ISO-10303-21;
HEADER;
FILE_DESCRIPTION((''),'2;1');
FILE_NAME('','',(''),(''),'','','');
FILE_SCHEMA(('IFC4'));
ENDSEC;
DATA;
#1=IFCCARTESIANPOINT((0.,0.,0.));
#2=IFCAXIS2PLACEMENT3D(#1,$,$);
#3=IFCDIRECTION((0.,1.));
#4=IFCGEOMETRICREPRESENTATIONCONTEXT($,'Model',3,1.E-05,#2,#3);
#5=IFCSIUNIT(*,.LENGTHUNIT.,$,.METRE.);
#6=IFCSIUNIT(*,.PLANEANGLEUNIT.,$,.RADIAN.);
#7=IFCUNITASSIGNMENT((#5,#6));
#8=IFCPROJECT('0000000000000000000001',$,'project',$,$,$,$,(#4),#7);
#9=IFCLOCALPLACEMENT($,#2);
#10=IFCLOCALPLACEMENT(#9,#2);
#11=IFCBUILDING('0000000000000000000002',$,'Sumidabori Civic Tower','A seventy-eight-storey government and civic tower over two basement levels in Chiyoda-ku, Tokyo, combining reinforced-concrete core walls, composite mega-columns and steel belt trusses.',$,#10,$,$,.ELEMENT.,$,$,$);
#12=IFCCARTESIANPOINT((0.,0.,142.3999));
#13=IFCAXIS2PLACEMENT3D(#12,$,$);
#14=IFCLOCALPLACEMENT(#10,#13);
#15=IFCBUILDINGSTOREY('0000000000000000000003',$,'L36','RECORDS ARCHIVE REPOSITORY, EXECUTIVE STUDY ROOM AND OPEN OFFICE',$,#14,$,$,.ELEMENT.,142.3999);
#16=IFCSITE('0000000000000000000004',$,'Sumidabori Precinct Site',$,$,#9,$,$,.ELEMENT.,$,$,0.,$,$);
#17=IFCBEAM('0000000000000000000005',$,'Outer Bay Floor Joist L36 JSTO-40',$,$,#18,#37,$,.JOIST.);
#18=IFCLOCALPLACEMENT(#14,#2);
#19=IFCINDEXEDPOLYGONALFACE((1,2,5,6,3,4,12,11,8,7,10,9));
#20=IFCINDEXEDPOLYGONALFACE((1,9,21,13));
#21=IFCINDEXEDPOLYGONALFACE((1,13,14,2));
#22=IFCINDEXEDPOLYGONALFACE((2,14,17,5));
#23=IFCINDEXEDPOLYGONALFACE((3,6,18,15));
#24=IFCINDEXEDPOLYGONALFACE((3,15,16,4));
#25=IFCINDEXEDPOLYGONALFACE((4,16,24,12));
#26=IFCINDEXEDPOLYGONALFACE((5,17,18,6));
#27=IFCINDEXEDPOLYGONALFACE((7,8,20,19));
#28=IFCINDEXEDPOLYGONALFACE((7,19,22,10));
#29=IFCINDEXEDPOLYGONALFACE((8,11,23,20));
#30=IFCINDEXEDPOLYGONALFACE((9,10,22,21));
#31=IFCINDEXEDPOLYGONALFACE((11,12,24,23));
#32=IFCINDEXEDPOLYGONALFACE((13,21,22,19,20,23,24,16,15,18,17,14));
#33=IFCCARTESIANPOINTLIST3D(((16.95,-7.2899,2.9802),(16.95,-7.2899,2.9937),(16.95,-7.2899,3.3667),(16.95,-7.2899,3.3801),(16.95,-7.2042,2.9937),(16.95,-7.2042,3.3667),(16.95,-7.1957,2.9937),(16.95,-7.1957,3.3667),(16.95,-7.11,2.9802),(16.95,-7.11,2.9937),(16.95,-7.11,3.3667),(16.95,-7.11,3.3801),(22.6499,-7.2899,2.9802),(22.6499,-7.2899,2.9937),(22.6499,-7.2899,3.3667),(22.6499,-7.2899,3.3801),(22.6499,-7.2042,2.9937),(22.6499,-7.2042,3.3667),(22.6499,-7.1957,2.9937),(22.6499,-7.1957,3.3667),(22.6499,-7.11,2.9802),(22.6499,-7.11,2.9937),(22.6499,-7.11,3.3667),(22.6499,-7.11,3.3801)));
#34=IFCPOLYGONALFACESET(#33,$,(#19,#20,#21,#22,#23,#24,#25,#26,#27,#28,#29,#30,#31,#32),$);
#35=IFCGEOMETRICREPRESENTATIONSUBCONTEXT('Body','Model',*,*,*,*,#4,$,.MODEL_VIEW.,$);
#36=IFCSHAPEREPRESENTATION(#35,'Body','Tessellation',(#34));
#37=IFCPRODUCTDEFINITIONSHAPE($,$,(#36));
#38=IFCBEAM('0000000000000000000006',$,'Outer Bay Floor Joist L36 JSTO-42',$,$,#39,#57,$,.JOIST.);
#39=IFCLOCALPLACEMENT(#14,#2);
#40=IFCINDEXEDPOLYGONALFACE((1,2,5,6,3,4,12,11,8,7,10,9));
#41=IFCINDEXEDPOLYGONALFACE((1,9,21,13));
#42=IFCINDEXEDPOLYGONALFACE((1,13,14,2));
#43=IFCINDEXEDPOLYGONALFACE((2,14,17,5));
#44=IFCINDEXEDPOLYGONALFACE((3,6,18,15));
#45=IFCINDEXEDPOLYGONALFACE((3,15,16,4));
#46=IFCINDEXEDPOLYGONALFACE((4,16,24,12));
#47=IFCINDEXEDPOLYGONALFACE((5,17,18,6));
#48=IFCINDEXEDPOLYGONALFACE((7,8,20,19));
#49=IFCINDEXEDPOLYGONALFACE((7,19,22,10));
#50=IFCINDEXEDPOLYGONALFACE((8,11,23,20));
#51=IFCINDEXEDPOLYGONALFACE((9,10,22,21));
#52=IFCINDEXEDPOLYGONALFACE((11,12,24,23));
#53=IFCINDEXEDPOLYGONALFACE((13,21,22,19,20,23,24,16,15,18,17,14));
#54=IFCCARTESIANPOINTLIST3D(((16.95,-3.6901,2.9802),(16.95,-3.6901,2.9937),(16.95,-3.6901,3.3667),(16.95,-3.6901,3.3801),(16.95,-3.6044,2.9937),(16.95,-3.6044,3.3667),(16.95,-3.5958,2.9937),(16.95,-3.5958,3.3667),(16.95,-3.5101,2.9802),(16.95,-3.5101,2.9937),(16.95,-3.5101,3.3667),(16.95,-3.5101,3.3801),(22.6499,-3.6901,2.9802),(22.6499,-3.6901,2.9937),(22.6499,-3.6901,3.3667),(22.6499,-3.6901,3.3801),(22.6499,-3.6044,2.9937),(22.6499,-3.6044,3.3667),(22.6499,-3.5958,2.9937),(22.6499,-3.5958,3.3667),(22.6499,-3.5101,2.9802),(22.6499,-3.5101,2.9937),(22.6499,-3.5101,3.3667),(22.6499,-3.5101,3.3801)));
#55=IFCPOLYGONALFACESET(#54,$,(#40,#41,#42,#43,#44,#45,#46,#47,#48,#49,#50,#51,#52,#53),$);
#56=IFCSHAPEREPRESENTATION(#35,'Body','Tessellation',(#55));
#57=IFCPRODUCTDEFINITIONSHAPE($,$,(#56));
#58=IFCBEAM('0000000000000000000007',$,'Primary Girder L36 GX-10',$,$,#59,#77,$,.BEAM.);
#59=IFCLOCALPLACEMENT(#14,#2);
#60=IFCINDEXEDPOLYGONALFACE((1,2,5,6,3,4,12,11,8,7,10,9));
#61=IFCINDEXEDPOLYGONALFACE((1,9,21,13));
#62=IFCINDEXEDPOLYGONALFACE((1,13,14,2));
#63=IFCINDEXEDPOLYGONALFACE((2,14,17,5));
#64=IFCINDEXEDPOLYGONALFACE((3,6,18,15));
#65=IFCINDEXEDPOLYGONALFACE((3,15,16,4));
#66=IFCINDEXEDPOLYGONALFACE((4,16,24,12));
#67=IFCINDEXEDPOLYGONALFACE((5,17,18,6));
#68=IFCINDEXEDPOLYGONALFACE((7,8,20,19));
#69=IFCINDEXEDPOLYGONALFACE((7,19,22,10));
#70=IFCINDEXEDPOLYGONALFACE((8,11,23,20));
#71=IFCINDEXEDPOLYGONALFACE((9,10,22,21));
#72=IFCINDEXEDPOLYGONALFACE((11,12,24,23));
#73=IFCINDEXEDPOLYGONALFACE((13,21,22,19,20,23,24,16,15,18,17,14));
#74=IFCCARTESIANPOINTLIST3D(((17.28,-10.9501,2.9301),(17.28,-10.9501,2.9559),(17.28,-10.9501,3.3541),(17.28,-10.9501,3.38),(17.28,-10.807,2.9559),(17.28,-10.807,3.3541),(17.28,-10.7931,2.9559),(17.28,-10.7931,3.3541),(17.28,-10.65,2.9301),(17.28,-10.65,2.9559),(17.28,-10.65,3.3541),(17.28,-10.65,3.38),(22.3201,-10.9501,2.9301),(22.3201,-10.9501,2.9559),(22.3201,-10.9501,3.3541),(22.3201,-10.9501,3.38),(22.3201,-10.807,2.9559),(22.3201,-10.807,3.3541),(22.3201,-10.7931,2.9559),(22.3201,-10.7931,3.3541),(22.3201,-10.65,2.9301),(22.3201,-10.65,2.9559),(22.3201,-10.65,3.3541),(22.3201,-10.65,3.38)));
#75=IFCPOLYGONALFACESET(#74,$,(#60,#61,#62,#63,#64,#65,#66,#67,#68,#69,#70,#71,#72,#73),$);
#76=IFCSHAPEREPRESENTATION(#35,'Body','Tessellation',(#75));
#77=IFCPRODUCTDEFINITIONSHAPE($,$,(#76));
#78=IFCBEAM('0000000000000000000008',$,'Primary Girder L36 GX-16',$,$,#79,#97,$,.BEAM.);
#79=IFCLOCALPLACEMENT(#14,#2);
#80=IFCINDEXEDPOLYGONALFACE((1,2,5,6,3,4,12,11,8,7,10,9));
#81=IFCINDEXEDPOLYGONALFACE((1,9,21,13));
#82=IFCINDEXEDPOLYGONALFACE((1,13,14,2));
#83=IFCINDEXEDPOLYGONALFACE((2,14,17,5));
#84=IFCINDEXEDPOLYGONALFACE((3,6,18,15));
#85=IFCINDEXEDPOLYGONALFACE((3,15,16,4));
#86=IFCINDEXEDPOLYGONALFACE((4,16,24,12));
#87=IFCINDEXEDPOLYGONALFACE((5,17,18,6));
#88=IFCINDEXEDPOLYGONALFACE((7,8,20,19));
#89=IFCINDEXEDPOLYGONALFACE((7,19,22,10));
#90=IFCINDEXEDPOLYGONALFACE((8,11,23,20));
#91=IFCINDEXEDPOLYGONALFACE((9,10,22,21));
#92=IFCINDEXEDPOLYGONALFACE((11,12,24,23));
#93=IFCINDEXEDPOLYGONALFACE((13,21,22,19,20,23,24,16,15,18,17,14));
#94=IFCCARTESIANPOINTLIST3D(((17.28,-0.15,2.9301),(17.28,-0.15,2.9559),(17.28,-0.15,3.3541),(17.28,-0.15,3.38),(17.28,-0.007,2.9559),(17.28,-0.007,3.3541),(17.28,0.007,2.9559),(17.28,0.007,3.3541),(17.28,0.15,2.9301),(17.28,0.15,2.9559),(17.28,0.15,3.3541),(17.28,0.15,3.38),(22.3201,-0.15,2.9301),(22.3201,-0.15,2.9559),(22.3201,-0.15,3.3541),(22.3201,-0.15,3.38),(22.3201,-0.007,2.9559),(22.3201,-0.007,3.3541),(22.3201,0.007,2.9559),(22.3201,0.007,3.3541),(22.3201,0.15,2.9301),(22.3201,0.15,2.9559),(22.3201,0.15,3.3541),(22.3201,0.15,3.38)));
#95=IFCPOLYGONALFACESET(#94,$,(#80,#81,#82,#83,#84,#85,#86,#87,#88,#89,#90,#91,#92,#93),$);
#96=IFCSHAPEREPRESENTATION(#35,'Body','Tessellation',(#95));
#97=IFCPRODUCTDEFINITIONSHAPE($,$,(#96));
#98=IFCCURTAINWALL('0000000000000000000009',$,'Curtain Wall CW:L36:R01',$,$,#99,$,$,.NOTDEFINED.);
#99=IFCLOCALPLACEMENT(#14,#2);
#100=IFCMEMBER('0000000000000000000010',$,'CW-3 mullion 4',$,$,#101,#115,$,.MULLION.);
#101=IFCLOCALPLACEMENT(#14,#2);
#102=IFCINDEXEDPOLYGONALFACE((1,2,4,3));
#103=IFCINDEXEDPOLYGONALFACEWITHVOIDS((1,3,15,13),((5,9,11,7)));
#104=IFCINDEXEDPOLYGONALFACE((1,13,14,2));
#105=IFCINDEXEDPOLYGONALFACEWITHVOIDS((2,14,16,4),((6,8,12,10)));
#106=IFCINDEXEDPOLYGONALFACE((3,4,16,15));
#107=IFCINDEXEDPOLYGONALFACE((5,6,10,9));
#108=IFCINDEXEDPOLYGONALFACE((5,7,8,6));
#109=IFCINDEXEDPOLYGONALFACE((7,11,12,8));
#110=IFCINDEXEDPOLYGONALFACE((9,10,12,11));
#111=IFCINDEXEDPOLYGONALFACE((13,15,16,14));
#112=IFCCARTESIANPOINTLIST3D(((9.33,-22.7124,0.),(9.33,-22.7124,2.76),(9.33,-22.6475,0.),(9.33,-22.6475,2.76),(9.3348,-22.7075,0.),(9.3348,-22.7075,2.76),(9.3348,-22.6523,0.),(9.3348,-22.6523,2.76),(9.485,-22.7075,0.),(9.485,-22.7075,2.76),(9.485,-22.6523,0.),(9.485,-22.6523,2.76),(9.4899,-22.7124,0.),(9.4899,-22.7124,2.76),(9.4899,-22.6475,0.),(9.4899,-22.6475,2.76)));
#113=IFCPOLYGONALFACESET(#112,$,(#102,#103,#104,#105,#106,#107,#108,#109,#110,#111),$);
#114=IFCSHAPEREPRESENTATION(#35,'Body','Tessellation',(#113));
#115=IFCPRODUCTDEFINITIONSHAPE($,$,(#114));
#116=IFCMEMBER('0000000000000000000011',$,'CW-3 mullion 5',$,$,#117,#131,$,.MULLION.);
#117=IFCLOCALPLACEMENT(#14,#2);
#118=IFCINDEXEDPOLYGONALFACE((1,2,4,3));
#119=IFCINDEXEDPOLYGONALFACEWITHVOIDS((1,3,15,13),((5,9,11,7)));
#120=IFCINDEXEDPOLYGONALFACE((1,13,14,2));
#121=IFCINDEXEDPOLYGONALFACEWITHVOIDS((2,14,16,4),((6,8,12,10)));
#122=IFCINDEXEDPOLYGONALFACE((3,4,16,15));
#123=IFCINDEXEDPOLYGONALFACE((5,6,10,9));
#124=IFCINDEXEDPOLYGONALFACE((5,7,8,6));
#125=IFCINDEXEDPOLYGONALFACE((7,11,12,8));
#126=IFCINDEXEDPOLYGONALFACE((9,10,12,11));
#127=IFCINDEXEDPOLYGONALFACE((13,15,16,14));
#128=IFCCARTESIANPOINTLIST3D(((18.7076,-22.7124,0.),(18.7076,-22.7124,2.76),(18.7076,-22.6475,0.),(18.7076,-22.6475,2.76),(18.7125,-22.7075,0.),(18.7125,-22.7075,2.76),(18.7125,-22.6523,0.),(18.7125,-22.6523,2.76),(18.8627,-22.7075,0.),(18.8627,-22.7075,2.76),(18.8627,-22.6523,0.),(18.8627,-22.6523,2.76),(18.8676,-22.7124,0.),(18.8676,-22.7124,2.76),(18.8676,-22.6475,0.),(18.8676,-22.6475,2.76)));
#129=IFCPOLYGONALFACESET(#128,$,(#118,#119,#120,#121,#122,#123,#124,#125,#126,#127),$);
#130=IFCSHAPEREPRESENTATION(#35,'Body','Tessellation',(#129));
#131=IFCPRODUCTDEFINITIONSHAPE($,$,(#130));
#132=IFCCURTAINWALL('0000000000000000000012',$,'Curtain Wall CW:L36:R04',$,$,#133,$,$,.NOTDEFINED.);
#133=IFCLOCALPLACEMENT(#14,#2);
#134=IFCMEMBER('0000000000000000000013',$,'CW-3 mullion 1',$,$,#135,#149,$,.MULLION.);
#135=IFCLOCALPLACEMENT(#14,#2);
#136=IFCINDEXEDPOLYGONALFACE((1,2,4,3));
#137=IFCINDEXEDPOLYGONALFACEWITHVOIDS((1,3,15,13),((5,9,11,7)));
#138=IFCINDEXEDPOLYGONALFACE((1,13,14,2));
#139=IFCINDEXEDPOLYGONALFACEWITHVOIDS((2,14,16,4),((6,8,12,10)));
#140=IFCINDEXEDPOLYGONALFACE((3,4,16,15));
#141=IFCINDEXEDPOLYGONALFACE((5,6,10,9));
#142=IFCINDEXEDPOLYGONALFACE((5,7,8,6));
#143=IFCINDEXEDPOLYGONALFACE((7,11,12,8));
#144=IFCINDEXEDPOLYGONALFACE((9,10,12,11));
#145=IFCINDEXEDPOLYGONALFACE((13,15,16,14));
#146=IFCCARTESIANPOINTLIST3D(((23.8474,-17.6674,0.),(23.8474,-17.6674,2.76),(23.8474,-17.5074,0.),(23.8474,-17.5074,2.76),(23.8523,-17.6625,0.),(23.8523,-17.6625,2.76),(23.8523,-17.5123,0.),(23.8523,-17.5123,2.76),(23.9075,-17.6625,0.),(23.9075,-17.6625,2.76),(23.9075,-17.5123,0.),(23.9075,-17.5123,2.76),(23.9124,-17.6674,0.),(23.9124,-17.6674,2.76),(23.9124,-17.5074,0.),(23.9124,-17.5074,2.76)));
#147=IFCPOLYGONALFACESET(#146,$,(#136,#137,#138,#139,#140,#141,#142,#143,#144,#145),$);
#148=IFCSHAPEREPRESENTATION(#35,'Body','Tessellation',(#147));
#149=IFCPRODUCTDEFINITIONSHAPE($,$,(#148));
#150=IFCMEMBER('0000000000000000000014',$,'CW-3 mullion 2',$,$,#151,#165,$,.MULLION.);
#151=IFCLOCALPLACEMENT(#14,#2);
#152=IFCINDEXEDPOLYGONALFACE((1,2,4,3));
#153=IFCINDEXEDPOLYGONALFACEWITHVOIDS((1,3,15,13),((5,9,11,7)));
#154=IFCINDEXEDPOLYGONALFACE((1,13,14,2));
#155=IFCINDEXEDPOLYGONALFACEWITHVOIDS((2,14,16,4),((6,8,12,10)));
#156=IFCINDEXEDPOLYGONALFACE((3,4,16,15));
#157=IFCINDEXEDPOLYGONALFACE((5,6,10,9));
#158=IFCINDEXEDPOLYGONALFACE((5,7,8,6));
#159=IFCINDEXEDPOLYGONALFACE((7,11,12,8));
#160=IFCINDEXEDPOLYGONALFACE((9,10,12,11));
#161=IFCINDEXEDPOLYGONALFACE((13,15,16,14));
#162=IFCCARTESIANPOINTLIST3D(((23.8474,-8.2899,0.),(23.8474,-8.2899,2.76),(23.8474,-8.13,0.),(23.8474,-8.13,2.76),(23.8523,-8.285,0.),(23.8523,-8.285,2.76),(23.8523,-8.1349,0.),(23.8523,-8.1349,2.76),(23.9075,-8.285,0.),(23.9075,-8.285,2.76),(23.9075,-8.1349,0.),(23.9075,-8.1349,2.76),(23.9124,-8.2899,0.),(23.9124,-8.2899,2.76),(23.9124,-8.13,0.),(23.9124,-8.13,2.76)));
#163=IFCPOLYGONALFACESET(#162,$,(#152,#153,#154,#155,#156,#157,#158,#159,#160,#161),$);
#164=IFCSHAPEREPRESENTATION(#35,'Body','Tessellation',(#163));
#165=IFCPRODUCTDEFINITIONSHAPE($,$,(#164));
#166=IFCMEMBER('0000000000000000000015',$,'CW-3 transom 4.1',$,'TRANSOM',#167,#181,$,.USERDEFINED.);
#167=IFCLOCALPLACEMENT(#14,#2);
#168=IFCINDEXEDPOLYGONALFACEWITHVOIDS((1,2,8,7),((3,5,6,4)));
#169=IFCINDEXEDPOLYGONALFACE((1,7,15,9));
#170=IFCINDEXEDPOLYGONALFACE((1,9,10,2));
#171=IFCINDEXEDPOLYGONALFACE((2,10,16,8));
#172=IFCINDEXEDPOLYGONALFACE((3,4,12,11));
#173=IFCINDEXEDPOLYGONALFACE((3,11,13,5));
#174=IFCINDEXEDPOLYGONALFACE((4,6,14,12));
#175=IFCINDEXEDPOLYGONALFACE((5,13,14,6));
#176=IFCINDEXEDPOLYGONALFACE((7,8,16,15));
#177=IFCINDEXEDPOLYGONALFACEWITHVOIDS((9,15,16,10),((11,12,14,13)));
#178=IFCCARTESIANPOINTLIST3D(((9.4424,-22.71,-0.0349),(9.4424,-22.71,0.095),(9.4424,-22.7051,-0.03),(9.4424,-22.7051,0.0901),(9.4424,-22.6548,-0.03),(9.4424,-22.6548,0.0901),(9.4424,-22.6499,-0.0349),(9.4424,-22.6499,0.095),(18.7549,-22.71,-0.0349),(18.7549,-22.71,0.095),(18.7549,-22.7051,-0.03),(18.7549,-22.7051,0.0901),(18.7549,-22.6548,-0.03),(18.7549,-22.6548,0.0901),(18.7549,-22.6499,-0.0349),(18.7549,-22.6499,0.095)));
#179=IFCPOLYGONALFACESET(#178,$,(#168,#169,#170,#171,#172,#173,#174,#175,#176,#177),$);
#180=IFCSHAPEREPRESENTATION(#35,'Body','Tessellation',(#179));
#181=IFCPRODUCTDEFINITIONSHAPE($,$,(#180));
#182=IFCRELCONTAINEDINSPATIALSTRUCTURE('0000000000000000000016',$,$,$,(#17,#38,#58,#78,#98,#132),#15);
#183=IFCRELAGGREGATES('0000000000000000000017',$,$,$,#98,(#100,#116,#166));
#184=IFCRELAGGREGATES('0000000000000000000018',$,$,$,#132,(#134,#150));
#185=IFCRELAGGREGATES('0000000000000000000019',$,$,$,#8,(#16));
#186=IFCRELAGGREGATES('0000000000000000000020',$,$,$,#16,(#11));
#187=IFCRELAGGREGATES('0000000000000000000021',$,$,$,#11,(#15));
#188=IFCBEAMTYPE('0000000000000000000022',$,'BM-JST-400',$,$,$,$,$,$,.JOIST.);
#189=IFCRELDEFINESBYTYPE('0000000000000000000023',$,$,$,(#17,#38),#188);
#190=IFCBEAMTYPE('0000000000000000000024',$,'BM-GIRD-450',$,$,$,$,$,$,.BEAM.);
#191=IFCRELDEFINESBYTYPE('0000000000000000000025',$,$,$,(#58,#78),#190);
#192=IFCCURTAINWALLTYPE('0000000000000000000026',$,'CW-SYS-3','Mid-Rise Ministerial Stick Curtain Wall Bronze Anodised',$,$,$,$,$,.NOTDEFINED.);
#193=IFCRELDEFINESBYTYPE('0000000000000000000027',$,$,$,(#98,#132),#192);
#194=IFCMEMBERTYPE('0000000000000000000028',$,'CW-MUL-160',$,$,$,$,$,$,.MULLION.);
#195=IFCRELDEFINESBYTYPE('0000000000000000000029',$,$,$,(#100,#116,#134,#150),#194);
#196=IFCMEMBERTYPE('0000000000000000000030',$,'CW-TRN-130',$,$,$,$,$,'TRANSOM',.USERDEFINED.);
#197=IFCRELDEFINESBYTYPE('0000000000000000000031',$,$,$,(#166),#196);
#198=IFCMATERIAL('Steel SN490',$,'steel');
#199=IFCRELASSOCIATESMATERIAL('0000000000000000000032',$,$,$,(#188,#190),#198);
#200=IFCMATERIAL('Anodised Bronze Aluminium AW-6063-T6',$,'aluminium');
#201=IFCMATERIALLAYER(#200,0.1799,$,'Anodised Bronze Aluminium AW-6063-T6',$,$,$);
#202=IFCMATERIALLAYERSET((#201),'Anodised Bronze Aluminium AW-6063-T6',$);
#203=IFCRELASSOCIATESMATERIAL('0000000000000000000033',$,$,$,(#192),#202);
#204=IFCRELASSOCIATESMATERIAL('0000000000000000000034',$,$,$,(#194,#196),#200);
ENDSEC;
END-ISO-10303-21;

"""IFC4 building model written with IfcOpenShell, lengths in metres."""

from ifc_helpers import new_model, si_unit, direction, frame, origin, origin_2d, place, context, subcontext, project, spatial, hollow_rectangle, i_section, extrude, source, transform, mapped, material, layer, layer_set, material_profile, profile_set, type_object, element, aggregate, save


model = new_model("IFC4")

# Units and contexts
model_context = context("Model", 3, precision=1e-05, world=origin(), true_north=direction((0.0, 1.0)))
body_context = subcontext(model_context, "Body", "Model", "MODEL_VIEW")
ifc_project = project(units=[si_unit("LENGTHUNIT", "METRE"), si_unit("PLANEANGLEUNIT", "RADIAN")], contexts=[model_context])

# Site, building, storey
site_placement = place(None, origin())
site = spatial("IfcSite", under=ifc_project, at=site_placement, Name="Sumidabori Precinct Site", CompositionType="ELEMENT", RefElevation=0.0)
building_placement = place(site_placement, origin())
building = spatial("IfcBuilding", under=site, at=building_placement, Name="Sumidabori Civic Tower", Description="A seventy-eight-storey government and civic tower over two basement levels in Chiyoda-ku, Tokyo, combining reinforced-concrete core walls, composite mega-columns and steel belt trusses.", CompositionType="ELEMENT")
storey_placement = place(building_placement, frame((0.0, 0.0, 142.3999)))
storey = spatial("IfcBuildingStorey", under=building, at=storey_placement, Name="L36", Description="RECORDS ARCHIVE REPOSITORY, EXECUTIVE STUDY ROOM AND OPEN OFFICE", CompositionType="ELEMENT", Elevation=142.3999)

# Beams
ifc_material_1 = material(Name="Steel SN490", Category="steel")
ifc_material_profile_1 = material_profile(ifc_material_1, i_section(OverallWidth=0.1799, OverallDepth=0.3999, WebThickness=0.0085, FlangeThickness=0.0134, at=origin_2d()), Name="IPE 400")
ifc_profile_set_1 = profile_set([ifc_material_profile_1], Name="Steel SN490")
beam_type_1 = type_object("IfcBeamType", Name="BM-JST-400", PredefinedType="JOIST", material=ifc_profile_set_1)
shared_shape_1 = source(origin(), body_context, "Body", "SweptSolid", [
    extrude(i_section(OverallWidth=0.1799, OverallDepth=0.3999, WebThickness=0.0085, FlangeThickness=0.0134, at=origin_2d()), origin(), (0.0, 0.0, 1.0), 5.7),
])
for number, where, z_axis, x_axis, name in (
    (1, (16.95, -7.2, 3.1802), (1.0, 0.0, 0.0), (0.0, 1.0, 0.0), "Outer Bay Floor Joist L36 JSTO-40"),
    (2, (16.95, -3.6001, 3.1802), (1.0, 0.0, 0.0), (0.0, 1.0, 0.0), "Outer Bay Floor Joist L36 JSTO-42"),
):
    element("IfcBeam", number, at=place(storey_placement, frame(where, z_axis=z_axis, x_axis=x_axis)), inside=storey, type_object=beam_type_1, Name=name, PredefinedType="JOIST", context=body_context, shape_type="MappedRepresentation", body=[
        mapped(shared_shape_1, transform((0.0, 0.0, 0.0), x_axis=(1.0, 0.0, 0.0), y_axis=(0.0, 1.0, 0.0), z_axis=(0.0, 0.0, 1.0), scale=1.0)),
    ])
ifc_material_profile_2 = material_profile(ifc_material_1, i_section(OverallWidth=0.3, OverallDepth=0.45, WebThickness=0.0139, FlangeThickness=0.0259, at=origin_2d()), Name="HE 450 B")
ifc_profile_set_2 = profile_set([ifc_material_profile_2], Name="Steel SN490")
beam_type_2 = type_object("IfcBeamType", Name="BM-GIRD-450", PredefinedType="BEAM", material=ifc_profile_set_2)
shared_shape_2 = source(origin(), body_context, "Body", "SweptSolid", [
    extrude(i_section(OverallWidth=0.3, OverallDepth=0.45, WebThickness=0.0139, FlangeThickness=0.0259, at=origin_2d()), origin(), (0.0, 0.0, 1.0), 5.04),
])
for number, where, z_axis, x_axis, name in (
    (3, (17.28, -10.8, 3.155), (1.0, 0.0, 0.0), (0.0, 1.0, 0.0), "Primary Girder L36 GX-10"),
    (4, (17.28, 0.0, 3.155), (1.0, 0.0, 0.0), (0.0, 1.0, 0.0), "Primary Girder L36 GX-16"),
):
    element("IfcBeam", number, at=place(storey_placement, frame(where, z_axis=z_axis, x_axis=x_axis)), inside=storey, type_object=beam_type_2, Name=name, PredefinedType="BEAM", context=body_context, shape_type="MappedRepresentation", body=[
        mapped(shared_shape_2, transform((0.0, 0.0, 0.0), x_axis=(1.0, 0.0, 0.0), y_axis=(0.0, 1.0, 0.0), z_axis=(0.0, 0.0, 1.0), scale=1.0)),
    ])

# Curtain walls, members
ifc_material_2 = material(Name="Anodised Bronze Aluminium AW-6063-T6", Category="aluminium")
ifc_layer_1 = layer(ifc_material_2, 0.1799, Name="Anodised Bronze Aluminium AW-6063-T6")
ifc_layer_set_1 = layer_set([ifc_layer_1], Name="Anodised Bronze Aluminium AW-6063-T6")
curtain_wall_type = type_object("IfcCurtainWallType", Name="CW-SYS-3", Description="Mid-Rise Ministerial Stick Curtain Wall Bronze Anodised", PredefinedType="NOTDEFINED", material=ifc_layer_set_1)
curtain_wall_1_placement = place(storey_placement, origin())
curtain_wall_1 = element("IfcCurtainWall", 5, at=curtain_wall_1_placement, inside=storey, type_object=curtain_wall_type, Name="Curtain Wall CW:L36:R01", PredefinedType="NOTDEFINED")
ifc_material_profile_3 = material_profile(ifc_material_2, hollow_rectangle(XDim=0.0649, YDim=0.1599, WallThickness=0.0049, at=origin_2d()), Name="ALU MULLION 160x65")
ifc_profile_set_3 = profile_set([ifc_material_profile_3], Name="Anodised Bronze Aluminium AW-6063-T6")
member_type_1 = type_object("IfcMemberType", Name="CW-MUL-160", PredefinedType="MULLION", material=ifc_profile_set_3)
shared_shape_3 = source(origin(), body_context, "Body", "SweptSolid", [
    extrude(hollow_rectangle(XDim=0.0649, YDim=0.1599, WallThickness=0.0049, at=origin_2d()), origin(), (0.0, 0.0, 1.0), 2.76),
])
member_1_placement = place(storey_placement, frame((9.4099, -22.6799, 0.0), z_axis=(0.0, 0.0, 1.0), x_axis=(0.0, 1.0, 0.0)))
member_1 = element("IfcMember", 6, at=member_1_placement, type_object=member_type_1, Name="CW-3 mullion 4", PredefinedType="MULLION", context=body_context, shape_type="MappedRepresentation", body=[
    mapped(shared_shape_3, transform((0.0, 0.0, 0.0), x_axis=(1.0, 0.0, 0.0), y_axis=(0.0, 1.0, 0.0), z_axis=(0.0, 0.0, 1.0), scale=1.0)),
])
member_2_placement = place(storey_placement, frame((18.7876, -22.6799, 0.0), z_axis=(0.0, 0.0, 1.0), x_axis=(0.0, 1.0, 0.0)))
member_2 = element("IfcMember", 7, at=member_2_placement, type_object=member_type_1, Name="CW-3 mullion 5", PredefinedType="MULLION", context=body_context, shape_type="MappedRepresentation", body=[
    mapped(shared_shape_3, transform((0.0, 0.0, 0.0), x_axis=(1.0, 0.0, 0.0), y_axis=(0.0, 1.0, 0.0), z_axis=(0.0, 0.0, 1.0), scale=1.0)),
])
curtain_wall_2_placement = place(storey_placement, origin())
curtain_wall_2 = element("IfcCurtainWall", 8, at=curtain_wall_2_placement, inside=storey, type_object=curtain_wall_type, Name="Curtain Wall CW:L36:R04", PredefinedType="NOTDEFINED")
member_3_placement = place(storey_placement, frame((23.8799, -17.5874, 0.0), z_axis=(0.0, 0.0, 1.0), x_axis=(-1.0, 0.0, 0.0)))
member_3 = element("IfcMember", 9, at=member_3_placement, type_object=member_type_1, Name="CW-3 mullion 1", PredefinedType="MULLION", context=body_context, shape_type="MappedRepresentation", body=[
    mapped(shared_shape_3, transform((0.0, 0.0, 0.0), x_axis=(1.0, 0.0, 0.0), y_axis=(0.0, 1.0, 0.0), z_axis=(0.0, 0.0, 1.0), scale=1.0)),
])
member_4_placement = place(storey_placement, frame((23.8799, -8.21, 0.0), z_axis=(0.0, 0.0, 1.0), x_axis=(-1.0, 0.0, 0.0)))
member_4 = element("IfcMember", 10, at=member_4_placement, type_object=member_type_1, Name="CW-3 mullion 2", PredefinedType="MULLION", context=body_context, shape_type="MappedRepresentation", body=[
    mapped(shared_shape_3, transform((0.0, 0.0, 0.0), x_axis=(1.0, 0.0, 0.0), y_axis=(0.0, 1.0, 0.0), z_axis=(0.0, 0.0, 1.0), scale=1.0)),
])

# Member
ifc_material_profile_4 = material_profile(ifc_material_2, hollow_rectangle(XDim=0.0601, YDim=0.1299, WallThickness=0.0049, at=origin_2d()), Name="ALU TRANSOM 130x60")
ifc_profile_set_4 = profile_set([ifc_material_profile_4], Name="Anodised Bronze Aluminium AW-6063-T6")
member_type_2 = type_object("IfcMemberType", Name="CW-TRN-130", ElementType="TRANSOM", PredefinedType="USERDEFINED", material=ifc_profile_set_4)
shared_shape_4 = source(origin(), body_context, "Body", "SweptSolid", [
    extrude(hollow_rectangle(XDim=0.0601, YDim=0.1299, WallThickness=0.0049, at=origin_2d()), origin(), (0.0, 0.0, 1.0), 9.3125),
])
member_5_placement = place(storey_placement, frame((9.4424, -22.6799, 0.03), z_axis=(1.0, 0.0, 0.0), x_axis=(0.0, 1.0, 0.0)))
member_5 = element("IfcMember", 11, at=member_5_placement, type_object=member_type_2, Name="CW-3 transom 4.1", ObjectType="TRANSOM", PredefinedType="USERDEFINED", context=body_context, shape_type="MappedRepresentation", body=[
    mapped(shared_shape_4, transform((0.0, 0.0, 0.0), x_axis=(1.0, 0.0, 0.0), y_axis=(0.0, 1.0, 0.0), z_axis=(0.0, 0.0, 1.0), scale=1.0)),
])

aggregate(curtain_wall_1, [member_1, member_2, member_5])
aggregate(curtain_wall_2, [member_3, member_4])

save(model, "model.ifc")
